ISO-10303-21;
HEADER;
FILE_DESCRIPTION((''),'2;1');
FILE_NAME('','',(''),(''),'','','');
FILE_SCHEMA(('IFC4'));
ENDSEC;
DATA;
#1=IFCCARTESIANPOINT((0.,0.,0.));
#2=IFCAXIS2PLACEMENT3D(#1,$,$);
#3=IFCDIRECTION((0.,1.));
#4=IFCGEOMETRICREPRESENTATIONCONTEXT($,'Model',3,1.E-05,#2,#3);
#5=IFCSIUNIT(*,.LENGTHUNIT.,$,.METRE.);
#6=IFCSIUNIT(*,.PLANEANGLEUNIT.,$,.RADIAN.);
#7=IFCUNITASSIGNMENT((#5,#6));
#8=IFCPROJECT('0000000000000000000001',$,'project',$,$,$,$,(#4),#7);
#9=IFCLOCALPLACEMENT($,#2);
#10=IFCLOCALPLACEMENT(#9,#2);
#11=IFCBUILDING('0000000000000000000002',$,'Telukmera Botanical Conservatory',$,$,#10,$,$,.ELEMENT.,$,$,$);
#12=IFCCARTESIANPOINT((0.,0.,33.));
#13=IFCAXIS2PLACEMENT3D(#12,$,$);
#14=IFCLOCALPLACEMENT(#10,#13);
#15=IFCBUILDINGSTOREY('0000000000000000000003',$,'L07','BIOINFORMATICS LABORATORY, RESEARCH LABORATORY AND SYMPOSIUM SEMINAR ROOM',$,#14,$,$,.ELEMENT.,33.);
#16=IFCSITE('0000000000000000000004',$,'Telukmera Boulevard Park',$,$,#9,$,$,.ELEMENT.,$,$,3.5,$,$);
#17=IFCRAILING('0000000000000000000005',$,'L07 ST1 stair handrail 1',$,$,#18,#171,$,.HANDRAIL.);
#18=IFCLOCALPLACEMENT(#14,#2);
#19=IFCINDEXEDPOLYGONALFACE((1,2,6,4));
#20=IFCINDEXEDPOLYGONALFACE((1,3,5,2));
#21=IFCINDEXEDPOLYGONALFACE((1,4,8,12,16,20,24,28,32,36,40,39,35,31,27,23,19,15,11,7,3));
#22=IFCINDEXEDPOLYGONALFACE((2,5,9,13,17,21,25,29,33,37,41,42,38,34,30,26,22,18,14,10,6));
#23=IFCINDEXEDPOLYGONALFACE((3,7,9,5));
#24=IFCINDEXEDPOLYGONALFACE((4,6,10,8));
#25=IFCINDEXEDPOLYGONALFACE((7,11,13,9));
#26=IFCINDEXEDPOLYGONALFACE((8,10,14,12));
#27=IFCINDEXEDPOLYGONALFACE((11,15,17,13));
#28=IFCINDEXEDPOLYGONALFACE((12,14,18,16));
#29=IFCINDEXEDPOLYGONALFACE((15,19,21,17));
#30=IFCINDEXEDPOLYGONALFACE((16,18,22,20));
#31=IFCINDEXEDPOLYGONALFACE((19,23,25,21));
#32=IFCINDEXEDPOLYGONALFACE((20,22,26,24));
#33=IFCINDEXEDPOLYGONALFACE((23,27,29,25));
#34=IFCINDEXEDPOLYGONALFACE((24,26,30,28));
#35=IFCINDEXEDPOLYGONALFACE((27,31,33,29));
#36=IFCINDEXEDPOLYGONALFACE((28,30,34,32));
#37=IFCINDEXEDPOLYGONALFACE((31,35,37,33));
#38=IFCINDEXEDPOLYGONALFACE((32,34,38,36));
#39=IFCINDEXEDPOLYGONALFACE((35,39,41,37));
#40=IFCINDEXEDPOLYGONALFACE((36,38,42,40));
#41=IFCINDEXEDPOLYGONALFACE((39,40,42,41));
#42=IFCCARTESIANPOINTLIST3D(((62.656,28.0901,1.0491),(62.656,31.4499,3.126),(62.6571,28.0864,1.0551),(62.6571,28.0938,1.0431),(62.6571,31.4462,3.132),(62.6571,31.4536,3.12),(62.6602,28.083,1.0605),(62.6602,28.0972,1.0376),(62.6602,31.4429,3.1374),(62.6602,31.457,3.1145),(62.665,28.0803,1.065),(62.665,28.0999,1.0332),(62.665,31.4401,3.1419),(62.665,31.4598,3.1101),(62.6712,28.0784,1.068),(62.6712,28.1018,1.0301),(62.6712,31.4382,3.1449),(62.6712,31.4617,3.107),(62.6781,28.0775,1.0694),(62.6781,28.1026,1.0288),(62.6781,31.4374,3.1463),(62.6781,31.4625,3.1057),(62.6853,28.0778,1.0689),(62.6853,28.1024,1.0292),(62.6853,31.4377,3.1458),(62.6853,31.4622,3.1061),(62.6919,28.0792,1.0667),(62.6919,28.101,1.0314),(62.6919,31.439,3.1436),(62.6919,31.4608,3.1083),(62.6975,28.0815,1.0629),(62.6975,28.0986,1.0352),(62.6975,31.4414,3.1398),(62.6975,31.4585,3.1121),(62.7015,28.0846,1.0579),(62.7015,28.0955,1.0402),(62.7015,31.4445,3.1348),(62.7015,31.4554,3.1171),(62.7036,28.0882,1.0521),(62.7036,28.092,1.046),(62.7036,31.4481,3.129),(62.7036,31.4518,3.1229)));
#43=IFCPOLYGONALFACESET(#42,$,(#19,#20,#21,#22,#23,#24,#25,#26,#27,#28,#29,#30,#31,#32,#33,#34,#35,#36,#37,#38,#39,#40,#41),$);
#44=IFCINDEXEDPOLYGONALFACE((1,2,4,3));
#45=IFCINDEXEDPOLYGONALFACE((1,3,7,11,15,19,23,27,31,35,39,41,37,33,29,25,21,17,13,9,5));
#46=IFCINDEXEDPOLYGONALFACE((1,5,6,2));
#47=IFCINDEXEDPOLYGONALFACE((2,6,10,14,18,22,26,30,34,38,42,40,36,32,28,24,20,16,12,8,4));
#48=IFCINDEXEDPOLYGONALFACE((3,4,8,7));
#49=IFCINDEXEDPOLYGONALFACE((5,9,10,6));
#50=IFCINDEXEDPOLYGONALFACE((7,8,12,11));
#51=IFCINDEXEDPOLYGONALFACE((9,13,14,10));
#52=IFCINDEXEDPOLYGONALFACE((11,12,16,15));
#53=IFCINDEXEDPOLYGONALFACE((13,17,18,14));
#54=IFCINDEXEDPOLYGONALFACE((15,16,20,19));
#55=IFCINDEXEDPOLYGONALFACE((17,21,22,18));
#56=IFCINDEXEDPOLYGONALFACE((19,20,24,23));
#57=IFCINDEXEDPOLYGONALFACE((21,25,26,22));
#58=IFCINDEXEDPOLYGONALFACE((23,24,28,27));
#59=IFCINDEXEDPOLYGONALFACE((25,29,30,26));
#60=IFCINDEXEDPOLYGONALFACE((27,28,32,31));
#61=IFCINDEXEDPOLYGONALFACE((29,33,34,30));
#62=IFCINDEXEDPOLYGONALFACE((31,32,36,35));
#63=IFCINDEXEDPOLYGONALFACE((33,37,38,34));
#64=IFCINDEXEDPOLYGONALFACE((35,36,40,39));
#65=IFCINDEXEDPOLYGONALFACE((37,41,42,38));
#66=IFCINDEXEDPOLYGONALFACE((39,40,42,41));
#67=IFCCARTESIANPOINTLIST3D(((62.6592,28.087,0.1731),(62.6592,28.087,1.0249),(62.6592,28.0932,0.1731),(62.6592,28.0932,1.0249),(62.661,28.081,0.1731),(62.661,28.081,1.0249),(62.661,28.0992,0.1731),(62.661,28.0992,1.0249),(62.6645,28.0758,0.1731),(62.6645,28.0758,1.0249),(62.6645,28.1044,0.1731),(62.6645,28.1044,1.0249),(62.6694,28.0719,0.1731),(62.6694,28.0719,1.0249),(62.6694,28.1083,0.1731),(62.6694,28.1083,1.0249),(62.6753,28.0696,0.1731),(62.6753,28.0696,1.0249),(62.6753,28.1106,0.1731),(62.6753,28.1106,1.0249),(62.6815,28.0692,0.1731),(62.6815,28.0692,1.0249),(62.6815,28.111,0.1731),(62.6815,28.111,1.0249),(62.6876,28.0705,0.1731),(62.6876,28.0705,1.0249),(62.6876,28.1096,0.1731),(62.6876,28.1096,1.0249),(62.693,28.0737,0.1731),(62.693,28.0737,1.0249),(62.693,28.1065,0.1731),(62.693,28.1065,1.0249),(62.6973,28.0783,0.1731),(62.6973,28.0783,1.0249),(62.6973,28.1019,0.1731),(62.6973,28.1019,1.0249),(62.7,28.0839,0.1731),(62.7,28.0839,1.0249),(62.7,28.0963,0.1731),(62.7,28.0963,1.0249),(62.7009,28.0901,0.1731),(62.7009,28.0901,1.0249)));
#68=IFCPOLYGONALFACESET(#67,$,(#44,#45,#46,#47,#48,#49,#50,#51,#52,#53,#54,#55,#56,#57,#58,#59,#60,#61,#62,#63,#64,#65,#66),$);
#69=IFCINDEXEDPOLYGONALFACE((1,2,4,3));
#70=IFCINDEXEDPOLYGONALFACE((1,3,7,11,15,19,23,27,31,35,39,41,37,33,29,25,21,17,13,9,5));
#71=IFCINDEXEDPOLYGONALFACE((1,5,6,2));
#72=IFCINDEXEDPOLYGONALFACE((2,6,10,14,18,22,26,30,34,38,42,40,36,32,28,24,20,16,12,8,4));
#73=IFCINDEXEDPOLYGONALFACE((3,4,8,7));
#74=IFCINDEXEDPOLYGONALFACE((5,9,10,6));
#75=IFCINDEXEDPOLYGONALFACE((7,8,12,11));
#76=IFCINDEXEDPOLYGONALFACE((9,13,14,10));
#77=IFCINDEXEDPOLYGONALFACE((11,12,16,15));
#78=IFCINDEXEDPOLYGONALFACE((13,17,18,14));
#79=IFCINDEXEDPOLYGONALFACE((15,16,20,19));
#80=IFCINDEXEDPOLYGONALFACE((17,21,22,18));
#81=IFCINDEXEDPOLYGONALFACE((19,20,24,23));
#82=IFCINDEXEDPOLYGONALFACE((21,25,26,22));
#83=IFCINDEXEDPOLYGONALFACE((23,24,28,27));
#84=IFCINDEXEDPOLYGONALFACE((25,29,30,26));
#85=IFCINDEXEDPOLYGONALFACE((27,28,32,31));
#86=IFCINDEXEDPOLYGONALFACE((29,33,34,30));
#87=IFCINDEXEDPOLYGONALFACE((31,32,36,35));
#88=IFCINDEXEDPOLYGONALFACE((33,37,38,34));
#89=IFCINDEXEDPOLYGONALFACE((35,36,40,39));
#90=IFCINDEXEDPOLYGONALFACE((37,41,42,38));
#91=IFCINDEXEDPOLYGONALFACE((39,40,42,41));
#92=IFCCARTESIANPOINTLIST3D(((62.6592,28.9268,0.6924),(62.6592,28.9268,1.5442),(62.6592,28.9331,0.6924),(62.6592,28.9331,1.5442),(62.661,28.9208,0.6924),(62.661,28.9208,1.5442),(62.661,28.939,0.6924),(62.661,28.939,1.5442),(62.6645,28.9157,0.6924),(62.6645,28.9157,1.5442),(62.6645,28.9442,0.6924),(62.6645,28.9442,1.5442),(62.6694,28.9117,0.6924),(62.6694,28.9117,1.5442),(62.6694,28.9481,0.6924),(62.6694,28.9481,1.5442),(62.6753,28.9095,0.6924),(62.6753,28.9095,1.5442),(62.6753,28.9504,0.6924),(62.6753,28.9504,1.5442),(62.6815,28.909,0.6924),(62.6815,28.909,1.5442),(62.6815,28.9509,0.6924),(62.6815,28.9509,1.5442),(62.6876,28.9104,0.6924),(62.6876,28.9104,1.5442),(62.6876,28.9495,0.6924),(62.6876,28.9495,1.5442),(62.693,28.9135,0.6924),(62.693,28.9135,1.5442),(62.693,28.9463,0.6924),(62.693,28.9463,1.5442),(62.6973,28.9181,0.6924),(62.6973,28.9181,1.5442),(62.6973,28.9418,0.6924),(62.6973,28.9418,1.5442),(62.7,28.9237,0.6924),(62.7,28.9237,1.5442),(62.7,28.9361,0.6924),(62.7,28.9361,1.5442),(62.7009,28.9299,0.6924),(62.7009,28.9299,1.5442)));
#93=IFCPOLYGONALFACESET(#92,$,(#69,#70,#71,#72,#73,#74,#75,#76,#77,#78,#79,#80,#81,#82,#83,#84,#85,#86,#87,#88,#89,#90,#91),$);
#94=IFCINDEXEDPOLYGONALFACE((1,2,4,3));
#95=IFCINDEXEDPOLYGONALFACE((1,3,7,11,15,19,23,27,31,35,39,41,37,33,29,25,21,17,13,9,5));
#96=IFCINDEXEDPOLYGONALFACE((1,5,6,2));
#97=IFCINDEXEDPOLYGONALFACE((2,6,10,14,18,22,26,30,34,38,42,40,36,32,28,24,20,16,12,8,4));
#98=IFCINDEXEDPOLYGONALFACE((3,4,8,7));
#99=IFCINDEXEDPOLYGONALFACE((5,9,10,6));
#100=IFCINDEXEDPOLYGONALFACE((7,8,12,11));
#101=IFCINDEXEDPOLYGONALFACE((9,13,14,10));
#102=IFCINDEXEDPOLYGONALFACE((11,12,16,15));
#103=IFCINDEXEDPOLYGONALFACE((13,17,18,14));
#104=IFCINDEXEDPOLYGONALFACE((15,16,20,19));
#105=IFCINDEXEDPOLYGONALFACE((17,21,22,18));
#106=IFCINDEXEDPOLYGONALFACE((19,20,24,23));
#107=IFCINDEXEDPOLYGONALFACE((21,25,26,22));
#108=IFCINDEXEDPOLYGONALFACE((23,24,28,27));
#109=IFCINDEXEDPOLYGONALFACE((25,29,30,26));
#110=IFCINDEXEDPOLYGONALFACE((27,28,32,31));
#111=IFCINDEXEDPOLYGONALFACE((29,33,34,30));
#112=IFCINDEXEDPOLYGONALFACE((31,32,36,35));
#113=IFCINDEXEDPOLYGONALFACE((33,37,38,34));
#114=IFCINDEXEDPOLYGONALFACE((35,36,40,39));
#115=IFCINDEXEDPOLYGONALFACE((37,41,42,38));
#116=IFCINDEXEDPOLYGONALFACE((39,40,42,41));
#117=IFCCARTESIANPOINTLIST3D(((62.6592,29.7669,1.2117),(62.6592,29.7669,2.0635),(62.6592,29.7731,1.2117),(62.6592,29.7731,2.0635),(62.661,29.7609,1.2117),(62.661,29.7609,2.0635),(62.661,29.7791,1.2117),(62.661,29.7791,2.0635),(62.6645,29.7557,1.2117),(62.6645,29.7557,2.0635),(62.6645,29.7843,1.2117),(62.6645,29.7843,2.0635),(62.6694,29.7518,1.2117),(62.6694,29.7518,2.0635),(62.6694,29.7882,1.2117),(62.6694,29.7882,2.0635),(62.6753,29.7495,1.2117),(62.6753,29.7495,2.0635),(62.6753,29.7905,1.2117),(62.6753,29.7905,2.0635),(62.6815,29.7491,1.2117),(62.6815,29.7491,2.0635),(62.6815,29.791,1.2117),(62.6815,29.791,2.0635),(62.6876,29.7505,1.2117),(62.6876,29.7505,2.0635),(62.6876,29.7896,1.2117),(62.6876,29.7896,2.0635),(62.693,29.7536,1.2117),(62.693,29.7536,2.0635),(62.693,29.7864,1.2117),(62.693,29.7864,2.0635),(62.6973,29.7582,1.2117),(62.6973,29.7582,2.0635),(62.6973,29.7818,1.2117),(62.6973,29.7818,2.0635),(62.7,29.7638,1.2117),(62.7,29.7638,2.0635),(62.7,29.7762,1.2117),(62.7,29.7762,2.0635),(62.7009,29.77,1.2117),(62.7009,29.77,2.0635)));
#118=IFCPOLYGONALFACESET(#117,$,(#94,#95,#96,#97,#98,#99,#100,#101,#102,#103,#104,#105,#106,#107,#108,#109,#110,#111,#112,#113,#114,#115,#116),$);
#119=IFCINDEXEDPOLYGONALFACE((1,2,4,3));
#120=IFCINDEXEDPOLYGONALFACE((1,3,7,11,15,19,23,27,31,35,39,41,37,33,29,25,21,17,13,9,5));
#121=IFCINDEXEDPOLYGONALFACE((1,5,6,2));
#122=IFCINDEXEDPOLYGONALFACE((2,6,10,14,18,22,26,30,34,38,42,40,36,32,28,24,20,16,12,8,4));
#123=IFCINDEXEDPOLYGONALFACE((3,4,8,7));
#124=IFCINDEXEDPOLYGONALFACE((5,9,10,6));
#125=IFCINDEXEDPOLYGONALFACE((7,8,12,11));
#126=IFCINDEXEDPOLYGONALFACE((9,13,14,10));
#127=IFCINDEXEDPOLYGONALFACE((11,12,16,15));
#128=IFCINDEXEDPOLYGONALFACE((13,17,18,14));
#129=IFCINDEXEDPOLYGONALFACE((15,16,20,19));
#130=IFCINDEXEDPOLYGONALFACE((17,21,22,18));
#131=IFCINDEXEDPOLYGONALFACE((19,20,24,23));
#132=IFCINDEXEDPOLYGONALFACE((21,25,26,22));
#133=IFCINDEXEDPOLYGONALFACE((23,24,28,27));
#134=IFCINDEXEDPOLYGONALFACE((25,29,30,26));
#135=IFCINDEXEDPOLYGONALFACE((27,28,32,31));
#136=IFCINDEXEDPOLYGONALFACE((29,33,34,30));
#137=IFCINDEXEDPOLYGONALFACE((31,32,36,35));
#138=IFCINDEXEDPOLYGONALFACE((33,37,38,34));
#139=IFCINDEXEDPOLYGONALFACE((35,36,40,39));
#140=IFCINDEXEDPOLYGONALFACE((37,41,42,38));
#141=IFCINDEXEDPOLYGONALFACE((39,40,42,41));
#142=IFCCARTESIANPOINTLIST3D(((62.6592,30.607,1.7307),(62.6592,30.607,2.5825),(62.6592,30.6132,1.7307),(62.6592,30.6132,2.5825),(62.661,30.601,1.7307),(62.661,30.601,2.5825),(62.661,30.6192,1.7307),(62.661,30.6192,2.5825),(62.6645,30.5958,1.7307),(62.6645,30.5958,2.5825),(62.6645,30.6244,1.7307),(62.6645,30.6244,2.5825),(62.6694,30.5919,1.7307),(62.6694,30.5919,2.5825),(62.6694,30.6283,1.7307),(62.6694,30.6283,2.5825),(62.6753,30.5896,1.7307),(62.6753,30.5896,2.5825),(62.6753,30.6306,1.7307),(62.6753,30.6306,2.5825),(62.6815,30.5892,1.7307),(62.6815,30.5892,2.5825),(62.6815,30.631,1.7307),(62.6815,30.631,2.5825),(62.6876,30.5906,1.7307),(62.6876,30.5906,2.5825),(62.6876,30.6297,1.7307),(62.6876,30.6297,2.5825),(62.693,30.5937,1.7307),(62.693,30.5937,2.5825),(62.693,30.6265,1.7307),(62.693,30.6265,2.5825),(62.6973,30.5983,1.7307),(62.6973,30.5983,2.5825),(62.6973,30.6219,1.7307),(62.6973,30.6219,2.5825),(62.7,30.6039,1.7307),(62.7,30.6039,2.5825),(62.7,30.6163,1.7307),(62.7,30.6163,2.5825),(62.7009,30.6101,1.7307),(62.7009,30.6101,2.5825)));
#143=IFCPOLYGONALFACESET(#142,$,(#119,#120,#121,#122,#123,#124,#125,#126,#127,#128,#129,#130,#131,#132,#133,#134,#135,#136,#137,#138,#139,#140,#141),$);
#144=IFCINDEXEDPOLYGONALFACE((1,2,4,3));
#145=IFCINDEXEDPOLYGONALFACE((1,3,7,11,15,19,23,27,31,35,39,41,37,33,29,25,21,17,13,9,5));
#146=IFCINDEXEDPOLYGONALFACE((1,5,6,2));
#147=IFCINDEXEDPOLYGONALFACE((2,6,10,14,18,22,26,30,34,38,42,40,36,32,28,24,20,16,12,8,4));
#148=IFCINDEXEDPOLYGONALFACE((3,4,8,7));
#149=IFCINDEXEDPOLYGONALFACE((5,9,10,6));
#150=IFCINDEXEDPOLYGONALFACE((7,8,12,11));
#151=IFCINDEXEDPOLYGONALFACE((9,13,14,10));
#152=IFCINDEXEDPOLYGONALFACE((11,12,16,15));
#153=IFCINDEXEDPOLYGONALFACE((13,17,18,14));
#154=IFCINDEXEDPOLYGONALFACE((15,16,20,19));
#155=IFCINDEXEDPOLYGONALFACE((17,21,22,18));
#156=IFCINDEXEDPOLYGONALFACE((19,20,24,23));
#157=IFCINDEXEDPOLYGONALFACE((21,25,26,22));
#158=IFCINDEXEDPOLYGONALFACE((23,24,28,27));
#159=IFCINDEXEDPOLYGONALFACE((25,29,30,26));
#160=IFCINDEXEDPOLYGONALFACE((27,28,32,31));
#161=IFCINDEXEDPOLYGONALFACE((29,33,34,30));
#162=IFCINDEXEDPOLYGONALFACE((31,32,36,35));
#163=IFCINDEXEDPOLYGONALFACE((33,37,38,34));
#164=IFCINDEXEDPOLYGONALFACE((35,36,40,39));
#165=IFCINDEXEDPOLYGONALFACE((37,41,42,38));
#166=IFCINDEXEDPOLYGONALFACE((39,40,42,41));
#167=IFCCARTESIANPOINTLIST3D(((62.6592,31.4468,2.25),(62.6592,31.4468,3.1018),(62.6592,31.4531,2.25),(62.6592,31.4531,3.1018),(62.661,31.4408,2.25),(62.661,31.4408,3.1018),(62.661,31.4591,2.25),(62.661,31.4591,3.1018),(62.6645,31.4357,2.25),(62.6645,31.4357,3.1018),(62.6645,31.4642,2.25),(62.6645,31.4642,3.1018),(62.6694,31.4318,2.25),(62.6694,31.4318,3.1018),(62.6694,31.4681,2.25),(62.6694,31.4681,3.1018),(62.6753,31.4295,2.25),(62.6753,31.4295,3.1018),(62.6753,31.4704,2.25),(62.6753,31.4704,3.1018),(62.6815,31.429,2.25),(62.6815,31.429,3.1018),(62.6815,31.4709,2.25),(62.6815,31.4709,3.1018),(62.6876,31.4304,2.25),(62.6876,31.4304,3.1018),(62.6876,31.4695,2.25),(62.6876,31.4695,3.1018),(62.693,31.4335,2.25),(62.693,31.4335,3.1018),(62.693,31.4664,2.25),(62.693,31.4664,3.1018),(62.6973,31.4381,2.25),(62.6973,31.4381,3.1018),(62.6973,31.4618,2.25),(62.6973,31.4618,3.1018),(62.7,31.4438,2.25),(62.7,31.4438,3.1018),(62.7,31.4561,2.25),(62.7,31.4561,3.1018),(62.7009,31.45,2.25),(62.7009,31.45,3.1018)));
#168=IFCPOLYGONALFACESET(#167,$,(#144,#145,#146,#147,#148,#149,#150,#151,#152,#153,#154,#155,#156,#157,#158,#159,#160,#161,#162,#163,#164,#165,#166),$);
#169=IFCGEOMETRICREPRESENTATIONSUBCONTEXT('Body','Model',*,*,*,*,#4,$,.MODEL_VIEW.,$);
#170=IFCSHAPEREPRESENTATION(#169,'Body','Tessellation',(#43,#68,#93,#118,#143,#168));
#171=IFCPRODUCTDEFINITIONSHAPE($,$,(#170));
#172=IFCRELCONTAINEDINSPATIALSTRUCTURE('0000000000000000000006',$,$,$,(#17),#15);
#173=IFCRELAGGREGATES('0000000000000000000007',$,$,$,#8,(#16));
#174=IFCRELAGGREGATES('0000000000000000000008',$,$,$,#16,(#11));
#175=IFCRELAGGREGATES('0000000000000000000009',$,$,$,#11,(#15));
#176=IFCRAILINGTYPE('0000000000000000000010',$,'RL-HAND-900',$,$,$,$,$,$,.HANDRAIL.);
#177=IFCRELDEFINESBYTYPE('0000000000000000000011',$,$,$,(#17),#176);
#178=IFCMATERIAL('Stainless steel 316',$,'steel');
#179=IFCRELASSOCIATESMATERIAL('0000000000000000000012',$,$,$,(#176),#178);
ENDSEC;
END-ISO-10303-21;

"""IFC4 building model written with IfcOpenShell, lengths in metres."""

from ifc_helpers import new_model, si_unit, direction, frame, origin, origin_2d, place, context, subcontext, project, spatial, circle, extrude, material, type_object, element, save


model = new_model("IFC4")

# Units and contexts
model_context = context("Model", 3, precision=1e-05, world=origin(), true_north=direction((0.0, 1.0)))
body_context = subcontext(model_context, "Body", "Model", "MODEL_VIEW")
ifc_project = project(units=[si_unit("LENGTHUNIT", "METRE"), si_unit("PLANEANGLEUNIT", "RADIAN")], contexts=[model_context])

# Site, building, storey
site_placement = place(None, origin())
site = spatial("IfcSite", under=ifc_project, at=site_placement, Name="Telukmera Boulevard Park", CompositionType="ELEMENT", RefElevation=3.5)
building_placement = place(site_placement, origin())
building = spatial("IfcBuilding", under=site, at=building_placement, Name="Telukmera Botanical Conservatory", CompositionType="ELEMENT")
storey_placement = place(building_placement, frame((0.0, 0.0, 33.0)))
storey = spatial("IfcBuildingStorey", under=building, at=storey_placement, Name="L07", Description="BIOINFORMATICS LABORATORY, RESEARCH LABORATORY AND SYMPOSIUM SEMINAR ROOM", CompositionType="ELEMENT", Elevation=33.0)

# Shared definitions
ifc_material_1 = material(Name="Stainless steel 316", Category="steel")

# Railing
railing_type_1 = type_object("IfcRailingType", Name="RL-HAND-900", PredefinedType="HANDRAIL", material=ifc_material_1)
railing_1_placement = place(storey_placement, frame((62.6799, 28.0901, 0.1731)))
element("IfcRailing", 1, at=railing_1_placement, inside=storey, type_object=railing_type_1, Name="L07 ST1 stair handrail 1", PredefinedType="HANDRAIL", context=body_context, shape_type="SweptSolid", body=[
    extrude(circle(Radius=0.0239, at=origin_2d()), frame((0.0, 0.0, 0.876), z_axis=(0.0, 0.850606, 0.525803), x_axis=(-1.0, 0.0, 0.0)), (0.0, 0.0, 1.0), 3.95),
    extrude(circle(Radius=0.021, at=origin_2d()), origin(), (0.0, 0.0, 1.0), 0.8518),
    extrude(circle(Radius=0.021, at=origin_2d()), frame((0.0, 0.8398, 0.5193)), (0.0, 0.0, 1.0), 0.8518),
    extrude(circle(Radius=0.021, at=origin_2d()), frame((0.0, 1.6799, 1.0386)), (0.0, 0.0, 1.0), 0.8518),
    extrude(circle(Radius=0.021, at=origin_2d()), frame((0.0, 2.52, 1.5576)), (0.0, 0.0, 1.0), 0.8518),
    extrude(circle(Radius=0.021, at=origin_2d()), frame((0.0, 3.3599, 2.0769)), (0.0, 0.0, 1.0), 0.8518),
])

save(model, "model.ifc")
